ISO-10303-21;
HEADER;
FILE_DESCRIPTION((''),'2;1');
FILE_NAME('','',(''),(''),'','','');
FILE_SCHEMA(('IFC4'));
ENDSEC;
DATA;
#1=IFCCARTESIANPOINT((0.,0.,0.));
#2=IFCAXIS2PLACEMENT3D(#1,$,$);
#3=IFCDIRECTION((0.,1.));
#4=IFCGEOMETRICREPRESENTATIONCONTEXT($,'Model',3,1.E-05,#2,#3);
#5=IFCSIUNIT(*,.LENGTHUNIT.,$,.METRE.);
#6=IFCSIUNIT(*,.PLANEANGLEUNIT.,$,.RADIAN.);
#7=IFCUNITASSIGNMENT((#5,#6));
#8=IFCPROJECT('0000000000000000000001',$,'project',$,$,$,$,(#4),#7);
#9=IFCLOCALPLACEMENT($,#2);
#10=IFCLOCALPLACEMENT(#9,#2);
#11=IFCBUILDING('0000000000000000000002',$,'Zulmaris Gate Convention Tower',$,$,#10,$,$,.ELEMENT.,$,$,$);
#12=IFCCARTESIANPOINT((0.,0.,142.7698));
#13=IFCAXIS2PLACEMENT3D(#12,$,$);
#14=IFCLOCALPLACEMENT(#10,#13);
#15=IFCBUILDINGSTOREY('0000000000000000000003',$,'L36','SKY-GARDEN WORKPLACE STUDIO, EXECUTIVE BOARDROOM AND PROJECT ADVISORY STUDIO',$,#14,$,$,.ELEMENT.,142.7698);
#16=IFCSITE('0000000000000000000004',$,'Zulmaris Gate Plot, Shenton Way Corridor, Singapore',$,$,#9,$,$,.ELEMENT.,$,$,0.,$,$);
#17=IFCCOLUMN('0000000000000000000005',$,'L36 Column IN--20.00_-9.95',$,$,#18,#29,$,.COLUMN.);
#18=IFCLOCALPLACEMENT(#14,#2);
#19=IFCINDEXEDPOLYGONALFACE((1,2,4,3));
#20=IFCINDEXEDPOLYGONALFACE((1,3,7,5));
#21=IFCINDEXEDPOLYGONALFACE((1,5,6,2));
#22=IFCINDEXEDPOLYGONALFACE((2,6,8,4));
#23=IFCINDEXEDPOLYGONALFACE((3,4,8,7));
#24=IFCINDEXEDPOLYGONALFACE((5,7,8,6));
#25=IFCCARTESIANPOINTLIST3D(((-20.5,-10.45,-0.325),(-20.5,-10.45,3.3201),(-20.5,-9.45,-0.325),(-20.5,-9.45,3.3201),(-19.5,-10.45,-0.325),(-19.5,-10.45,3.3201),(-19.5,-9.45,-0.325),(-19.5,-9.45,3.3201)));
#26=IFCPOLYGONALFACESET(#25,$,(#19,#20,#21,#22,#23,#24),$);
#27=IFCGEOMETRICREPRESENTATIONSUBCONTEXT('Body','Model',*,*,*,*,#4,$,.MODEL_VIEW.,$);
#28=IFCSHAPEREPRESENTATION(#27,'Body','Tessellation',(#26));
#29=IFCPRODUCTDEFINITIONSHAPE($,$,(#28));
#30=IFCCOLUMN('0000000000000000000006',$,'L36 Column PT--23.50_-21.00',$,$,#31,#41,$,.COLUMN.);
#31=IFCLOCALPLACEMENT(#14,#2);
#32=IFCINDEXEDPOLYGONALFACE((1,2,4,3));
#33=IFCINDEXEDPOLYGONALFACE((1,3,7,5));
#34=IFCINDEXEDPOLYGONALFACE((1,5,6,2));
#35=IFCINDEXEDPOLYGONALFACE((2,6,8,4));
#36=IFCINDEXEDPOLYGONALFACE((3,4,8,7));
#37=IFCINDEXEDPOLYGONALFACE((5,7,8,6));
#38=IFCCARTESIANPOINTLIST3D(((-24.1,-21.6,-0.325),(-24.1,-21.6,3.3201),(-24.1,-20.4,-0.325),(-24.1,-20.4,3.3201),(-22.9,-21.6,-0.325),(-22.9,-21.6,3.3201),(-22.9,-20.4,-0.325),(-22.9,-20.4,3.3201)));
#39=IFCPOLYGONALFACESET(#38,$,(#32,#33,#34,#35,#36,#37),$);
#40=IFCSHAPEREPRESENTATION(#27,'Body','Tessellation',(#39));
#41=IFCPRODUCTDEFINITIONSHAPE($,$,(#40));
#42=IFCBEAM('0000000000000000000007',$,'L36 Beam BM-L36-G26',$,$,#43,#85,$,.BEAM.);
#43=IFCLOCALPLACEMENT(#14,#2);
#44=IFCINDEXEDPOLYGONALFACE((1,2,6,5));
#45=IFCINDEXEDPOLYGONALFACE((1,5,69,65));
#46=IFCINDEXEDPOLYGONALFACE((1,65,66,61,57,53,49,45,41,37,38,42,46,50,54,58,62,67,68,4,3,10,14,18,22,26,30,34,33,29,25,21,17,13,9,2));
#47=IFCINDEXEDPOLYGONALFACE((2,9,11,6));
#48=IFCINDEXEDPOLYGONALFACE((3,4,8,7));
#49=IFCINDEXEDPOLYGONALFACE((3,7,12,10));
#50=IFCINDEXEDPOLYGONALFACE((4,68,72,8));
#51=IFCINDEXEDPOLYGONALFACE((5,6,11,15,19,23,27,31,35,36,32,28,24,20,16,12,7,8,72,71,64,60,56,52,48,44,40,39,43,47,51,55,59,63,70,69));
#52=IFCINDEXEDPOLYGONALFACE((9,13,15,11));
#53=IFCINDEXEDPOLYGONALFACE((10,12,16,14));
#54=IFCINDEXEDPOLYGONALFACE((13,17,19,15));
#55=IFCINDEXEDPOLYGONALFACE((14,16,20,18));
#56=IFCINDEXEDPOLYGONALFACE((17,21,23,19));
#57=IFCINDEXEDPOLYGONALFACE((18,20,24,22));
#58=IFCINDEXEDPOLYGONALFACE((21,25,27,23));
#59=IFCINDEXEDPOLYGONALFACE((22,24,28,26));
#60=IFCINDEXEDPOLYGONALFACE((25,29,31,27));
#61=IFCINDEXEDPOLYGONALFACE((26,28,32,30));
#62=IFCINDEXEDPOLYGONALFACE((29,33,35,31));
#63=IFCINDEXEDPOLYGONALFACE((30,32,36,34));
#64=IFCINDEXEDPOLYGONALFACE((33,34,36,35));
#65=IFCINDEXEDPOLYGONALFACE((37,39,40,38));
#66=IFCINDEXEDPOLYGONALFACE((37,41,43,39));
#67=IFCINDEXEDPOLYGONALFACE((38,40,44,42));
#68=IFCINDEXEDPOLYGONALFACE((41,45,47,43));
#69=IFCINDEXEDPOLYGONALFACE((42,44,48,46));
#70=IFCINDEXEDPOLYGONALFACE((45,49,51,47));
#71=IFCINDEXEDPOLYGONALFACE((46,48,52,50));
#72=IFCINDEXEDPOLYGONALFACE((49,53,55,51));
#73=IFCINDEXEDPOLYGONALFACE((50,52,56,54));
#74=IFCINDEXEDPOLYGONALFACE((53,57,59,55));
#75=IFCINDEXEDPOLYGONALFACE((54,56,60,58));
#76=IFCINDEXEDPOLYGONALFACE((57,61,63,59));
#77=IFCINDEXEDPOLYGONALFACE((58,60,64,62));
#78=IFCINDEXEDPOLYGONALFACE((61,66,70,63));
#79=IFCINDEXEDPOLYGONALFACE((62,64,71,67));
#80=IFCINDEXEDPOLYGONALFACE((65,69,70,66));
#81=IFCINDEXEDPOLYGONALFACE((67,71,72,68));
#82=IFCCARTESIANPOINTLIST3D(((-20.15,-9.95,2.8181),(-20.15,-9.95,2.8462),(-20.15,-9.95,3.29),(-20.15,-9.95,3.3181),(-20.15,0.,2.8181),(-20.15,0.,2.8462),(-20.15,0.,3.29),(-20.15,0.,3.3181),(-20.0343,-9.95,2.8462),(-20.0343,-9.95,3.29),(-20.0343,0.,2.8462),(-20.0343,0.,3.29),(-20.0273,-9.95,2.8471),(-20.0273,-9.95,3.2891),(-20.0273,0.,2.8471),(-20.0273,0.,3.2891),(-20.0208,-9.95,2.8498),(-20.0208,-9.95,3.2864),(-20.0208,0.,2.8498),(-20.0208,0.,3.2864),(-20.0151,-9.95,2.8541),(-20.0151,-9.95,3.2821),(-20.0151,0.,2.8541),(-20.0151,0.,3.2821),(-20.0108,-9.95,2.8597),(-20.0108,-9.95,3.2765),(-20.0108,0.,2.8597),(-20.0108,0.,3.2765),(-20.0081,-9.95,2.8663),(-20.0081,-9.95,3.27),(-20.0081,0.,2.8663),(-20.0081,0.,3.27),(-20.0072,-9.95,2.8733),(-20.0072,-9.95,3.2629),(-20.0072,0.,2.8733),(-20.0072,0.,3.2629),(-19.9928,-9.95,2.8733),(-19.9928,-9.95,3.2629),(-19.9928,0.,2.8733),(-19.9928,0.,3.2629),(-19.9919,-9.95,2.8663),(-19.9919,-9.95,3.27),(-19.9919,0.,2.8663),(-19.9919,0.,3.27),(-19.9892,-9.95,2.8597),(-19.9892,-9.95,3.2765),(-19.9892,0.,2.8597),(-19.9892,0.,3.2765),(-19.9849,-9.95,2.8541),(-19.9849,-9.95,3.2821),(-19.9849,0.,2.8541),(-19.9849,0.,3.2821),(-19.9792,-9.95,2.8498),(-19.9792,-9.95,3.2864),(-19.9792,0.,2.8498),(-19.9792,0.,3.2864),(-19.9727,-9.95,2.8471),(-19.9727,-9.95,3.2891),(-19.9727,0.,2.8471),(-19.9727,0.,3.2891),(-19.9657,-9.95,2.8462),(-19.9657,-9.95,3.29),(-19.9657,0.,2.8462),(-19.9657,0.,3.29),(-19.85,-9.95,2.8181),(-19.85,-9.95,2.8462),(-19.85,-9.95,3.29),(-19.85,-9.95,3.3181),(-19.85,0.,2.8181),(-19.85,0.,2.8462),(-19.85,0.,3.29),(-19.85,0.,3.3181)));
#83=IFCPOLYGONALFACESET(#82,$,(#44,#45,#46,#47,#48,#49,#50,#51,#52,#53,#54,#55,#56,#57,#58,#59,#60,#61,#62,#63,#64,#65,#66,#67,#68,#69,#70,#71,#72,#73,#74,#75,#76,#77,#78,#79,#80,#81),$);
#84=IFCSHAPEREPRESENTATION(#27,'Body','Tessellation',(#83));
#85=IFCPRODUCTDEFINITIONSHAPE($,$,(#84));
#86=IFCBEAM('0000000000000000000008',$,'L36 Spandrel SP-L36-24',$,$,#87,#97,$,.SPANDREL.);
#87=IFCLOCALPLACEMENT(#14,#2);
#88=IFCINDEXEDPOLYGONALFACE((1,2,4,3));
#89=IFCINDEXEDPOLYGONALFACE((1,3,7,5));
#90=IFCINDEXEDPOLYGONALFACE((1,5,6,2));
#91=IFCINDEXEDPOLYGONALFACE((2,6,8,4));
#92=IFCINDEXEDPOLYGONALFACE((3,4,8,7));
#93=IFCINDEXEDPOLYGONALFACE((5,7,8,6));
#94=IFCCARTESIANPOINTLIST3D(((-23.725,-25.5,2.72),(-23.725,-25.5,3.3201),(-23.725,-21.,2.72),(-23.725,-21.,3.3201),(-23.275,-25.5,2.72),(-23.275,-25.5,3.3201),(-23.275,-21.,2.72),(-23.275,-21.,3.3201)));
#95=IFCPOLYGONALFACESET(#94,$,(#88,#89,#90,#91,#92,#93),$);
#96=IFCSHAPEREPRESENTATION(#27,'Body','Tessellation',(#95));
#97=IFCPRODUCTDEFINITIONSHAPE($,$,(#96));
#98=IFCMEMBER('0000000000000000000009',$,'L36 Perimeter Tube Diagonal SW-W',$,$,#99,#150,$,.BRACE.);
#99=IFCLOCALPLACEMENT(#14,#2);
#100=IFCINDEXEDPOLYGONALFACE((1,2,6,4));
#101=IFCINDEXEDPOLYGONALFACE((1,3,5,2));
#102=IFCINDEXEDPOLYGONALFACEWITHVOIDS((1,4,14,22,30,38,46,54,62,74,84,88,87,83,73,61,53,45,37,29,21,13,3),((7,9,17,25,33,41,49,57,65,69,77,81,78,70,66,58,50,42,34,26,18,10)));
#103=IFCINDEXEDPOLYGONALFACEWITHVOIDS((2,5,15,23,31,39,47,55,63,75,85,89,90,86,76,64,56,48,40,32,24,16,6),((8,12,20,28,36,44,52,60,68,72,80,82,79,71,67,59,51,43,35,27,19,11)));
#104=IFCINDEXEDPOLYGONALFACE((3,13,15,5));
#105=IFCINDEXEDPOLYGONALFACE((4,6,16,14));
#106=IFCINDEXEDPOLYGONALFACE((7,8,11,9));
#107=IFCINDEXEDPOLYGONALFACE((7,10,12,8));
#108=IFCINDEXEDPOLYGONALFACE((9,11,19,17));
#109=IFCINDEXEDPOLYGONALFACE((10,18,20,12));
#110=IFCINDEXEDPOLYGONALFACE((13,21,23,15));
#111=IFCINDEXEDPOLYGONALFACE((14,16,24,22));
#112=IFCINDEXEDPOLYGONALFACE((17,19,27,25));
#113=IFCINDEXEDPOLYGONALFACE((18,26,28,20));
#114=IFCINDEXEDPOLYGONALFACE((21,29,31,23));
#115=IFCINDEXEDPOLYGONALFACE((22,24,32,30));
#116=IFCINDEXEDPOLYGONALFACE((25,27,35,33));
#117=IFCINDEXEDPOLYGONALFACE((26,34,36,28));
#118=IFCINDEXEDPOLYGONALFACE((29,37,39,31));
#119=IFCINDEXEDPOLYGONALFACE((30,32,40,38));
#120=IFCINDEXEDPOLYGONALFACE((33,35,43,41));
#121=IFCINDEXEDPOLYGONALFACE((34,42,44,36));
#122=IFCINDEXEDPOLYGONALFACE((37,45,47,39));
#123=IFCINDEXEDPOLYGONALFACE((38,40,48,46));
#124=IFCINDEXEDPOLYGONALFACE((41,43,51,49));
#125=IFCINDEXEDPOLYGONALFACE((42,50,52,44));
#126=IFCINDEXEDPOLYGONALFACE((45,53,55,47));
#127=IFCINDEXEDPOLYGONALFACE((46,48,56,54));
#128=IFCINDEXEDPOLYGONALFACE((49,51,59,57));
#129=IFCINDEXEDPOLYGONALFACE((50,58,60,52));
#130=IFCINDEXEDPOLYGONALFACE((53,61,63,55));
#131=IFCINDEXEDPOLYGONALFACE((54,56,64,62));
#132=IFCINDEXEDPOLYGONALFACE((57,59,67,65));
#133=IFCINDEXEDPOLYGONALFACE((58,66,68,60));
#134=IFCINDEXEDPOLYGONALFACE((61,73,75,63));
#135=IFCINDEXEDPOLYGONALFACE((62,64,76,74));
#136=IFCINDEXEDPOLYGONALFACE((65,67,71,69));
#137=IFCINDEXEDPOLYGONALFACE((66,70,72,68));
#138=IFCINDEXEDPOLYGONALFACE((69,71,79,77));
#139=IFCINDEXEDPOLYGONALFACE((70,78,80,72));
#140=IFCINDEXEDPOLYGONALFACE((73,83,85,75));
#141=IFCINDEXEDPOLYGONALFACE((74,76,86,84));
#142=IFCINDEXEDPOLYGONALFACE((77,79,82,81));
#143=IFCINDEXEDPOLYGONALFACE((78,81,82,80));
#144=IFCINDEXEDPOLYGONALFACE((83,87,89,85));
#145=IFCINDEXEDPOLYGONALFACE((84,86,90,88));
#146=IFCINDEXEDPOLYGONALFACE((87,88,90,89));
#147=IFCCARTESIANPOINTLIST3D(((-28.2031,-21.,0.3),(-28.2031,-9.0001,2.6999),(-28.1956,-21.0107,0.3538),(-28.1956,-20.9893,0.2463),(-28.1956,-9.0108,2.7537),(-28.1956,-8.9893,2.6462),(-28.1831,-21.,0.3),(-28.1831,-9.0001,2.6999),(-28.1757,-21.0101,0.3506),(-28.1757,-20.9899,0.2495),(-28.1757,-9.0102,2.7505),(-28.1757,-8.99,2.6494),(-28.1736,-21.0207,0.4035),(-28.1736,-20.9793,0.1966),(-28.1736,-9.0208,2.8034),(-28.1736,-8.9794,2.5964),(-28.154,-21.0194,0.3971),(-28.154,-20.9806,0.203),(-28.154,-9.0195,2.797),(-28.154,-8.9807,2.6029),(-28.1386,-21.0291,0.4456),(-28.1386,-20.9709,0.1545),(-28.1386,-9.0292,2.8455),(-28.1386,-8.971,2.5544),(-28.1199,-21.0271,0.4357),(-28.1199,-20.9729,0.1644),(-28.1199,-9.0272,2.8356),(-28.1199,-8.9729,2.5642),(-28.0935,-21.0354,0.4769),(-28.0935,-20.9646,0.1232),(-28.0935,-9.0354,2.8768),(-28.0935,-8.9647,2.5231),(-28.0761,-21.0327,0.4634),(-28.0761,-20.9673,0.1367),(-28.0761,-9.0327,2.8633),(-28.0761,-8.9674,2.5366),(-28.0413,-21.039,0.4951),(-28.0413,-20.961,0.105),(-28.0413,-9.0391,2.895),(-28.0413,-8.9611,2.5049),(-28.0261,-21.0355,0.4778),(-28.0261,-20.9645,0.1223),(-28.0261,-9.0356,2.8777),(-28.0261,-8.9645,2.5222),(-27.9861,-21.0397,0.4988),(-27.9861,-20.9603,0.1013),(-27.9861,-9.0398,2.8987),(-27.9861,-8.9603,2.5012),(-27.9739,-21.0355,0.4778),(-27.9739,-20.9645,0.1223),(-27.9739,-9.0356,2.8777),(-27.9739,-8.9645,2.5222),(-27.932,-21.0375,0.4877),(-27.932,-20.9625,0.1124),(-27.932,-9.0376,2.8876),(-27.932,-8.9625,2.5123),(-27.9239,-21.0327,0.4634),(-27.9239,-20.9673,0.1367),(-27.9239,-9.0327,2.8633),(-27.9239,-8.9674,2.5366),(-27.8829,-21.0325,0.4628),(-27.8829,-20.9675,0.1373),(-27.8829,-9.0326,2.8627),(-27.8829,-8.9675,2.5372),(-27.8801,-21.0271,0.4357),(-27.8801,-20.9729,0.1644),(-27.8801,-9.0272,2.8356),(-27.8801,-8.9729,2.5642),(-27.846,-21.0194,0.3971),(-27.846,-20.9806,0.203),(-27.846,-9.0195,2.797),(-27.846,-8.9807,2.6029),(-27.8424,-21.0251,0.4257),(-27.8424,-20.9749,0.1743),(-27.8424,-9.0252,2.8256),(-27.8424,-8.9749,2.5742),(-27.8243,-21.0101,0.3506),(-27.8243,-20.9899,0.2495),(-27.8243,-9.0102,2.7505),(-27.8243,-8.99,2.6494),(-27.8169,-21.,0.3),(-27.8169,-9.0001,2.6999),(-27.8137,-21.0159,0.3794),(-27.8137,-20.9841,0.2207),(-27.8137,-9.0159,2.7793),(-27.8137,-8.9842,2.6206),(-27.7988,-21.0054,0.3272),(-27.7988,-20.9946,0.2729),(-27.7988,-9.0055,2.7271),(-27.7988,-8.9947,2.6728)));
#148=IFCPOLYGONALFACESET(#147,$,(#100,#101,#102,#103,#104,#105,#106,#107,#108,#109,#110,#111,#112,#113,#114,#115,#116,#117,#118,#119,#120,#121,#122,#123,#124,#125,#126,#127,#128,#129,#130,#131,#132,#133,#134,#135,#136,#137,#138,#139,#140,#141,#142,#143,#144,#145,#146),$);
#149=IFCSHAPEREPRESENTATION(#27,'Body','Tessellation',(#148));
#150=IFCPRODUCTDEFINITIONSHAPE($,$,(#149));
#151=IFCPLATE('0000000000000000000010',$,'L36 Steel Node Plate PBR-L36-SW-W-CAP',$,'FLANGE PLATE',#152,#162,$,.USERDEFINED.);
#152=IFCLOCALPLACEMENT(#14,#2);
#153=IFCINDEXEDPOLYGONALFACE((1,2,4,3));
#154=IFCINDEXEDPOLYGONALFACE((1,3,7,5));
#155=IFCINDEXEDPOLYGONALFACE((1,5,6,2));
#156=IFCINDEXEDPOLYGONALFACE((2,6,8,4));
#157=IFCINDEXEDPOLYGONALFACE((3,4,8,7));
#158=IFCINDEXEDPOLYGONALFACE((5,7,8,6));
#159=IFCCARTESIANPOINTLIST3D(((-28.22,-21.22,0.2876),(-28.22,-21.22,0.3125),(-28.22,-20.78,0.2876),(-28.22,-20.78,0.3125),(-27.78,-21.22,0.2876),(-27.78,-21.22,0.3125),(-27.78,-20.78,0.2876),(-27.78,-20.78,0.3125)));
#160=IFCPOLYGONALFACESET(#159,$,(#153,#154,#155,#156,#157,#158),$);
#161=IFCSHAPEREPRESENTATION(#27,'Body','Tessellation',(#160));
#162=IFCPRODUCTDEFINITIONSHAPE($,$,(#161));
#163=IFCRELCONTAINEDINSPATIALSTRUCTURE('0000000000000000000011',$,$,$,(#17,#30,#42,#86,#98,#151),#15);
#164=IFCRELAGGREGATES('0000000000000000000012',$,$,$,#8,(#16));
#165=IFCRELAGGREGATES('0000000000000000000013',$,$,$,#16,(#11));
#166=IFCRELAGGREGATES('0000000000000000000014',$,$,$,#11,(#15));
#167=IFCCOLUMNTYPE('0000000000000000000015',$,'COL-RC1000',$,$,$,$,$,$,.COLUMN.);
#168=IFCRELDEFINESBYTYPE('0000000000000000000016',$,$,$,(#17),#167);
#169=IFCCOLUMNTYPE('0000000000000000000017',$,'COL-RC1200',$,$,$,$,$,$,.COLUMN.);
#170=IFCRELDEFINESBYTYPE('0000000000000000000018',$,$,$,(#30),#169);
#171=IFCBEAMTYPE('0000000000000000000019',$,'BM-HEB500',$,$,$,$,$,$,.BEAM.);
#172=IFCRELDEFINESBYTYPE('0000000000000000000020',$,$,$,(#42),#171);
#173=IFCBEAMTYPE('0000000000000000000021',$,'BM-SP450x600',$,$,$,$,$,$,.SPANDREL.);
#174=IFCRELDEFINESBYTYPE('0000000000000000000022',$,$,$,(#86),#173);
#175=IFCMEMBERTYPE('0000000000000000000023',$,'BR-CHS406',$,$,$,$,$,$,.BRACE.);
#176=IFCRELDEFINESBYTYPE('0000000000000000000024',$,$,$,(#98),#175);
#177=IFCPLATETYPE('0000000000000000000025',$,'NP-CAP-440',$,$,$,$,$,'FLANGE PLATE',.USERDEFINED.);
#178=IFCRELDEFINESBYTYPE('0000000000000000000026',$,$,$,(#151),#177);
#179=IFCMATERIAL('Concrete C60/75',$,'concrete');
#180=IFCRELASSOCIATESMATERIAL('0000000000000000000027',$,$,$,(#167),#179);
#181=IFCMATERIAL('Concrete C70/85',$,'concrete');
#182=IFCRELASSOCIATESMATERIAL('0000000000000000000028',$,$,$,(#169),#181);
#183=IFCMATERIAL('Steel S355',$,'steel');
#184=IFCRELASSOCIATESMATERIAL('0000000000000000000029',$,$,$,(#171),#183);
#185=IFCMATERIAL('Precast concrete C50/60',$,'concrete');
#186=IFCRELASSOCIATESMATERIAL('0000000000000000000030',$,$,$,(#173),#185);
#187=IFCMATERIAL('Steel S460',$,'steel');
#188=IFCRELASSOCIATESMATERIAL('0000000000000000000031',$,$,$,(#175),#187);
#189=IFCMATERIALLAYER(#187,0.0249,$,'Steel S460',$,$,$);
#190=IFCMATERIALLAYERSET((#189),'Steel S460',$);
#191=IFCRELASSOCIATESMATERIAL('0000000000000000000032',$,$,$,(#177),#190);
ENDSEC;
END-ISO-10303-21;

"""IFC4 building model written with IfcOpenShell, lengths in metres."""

from ifc_helpers import new_model, si_unit, direction, frame, origin, origin_2d, place, context, subcontext, project, spatial, rectangle, hollow_circle, i_section, extrude, material, layer, layer_set, material_profile, profile_set, type_object, element, save


model = new_model("IFC4")

# Units and contexts
model_context = context("Model", 3, precision=1e-05, world=origin(), true_north=direction((0.0, 1.0)))
body_context = subcontext(model_context, "Body", "Model", "MODEL_VIEW")
ifc_project = project(units=[si_unit("LENGTHUNIT", "METRE"), si_unit("PLANEANGLEUNIT", "RADIAN")], contexts=[model_context])

# Site, building, storey
site_placement = place(None, origin())
site = spatial("IfcSite", under=ifc_project, at=site_placement, Name="Zulmaris Gate Plot, Shenton Way Corridor, Singapore", CompositionType="ELEMENT", RefElevation=0.0)
building_placement = place(site_placement, origin())
building = spatial("IfcBuilding", under=site, at=building_placement, Name="Zulmaris Gate Convention Tower", CompositionType="ELEMENT")
storey_placement = place(building_placement, frame((0.0, 0.0, 142.7698)))
storey = spatial("IfcBuildingStorey", under=building, at=storey_placement, Name="L36", Description="SKY-GARDEN WORKPLACE STUDIO, EXECUTIVE BOARDROOM AND PROJECT ADVISORY STUDIO", CompositionType="ELEMENT", Elevation=142.7698)

# Columns
ifc_material_1 = material(Name="Concrete C60/75", Category="concrete")
ifc_material_profile_1 = material_profile(ifc_material_1, rectangle(XDim=1.0, YDim=1.0, at=origin_2d()), Name="RC COL 1000x1000")
ifc_profile_set_1 = profile_set([ifc_material_profile_1], Name="Concrete C60/75")
column_type_1 = type_object("IfcColumnType", Name="COL-RC1000", PredefinedType="COLUMN", material=ifc_profile_set_1)
column_1_placement = place(storey_placement, frame((-20.0, -9.95, -0.325), z_axis=(0.0, 0.0, 1.0), x_axis=(1.0, 0.0, 0.0)))
element("IfcColumn", 1, at=column_1_placement, inside=storey, type_object=column_type_1, Name="L36 Column IN--20.00_-9.95", PredefinedType="COLUMN", context=body_context, shape_type="SweptSolid", body=[
    extrude(rectangle(XDim=1.0, YDim=1.0, at=origin_2d()), origin(), (0.0, 0.0, 1.0), 3.645),
])
ifc_material_2 = material(Name="Concrete C70/85", Category="concrete")
ifc_material_profile_2 = material_profile(ifc_material_2, rectangle(XDim=1.2, YDim=1.2, at=origin_2d()), Name="RC COL 1200x1200")
ifc_profile_set_2 = profile_set([ifc_material_profile_2], Name="Concrete C70/85")
column_type_2 = type_object("IfcColumnType", Name="COL-RC1200", PredefinedType="COLUMN", material=ifc_profile_set_2)
column_2_placement = place(storey_placement, frame((-23.5, -21.0, -0.325), z_axis=(0.0, 0.0, 1.0), x_axis=(1.0, 0.0, 0.0)))
element("IfcColumn", 2, at=column_2_placement, inside=storey, type_object=column_type_2, Name="L36 Column PT--23.50_-21.00", PredefinedType="COLUMN", context=body_context, shape_type="SweptSolid", body=[
    extrude(rectangle(XDim=1.2, YDim=1.2, at=origin_2d()), origin(), (0.0, 0.0, 1.0), 3.645),
])

# Beams
ifc_material_3 = material(Name="Steel S355", Category="steel")
ifc_material_profile_3 = material_profile(ifc_material_3, i_section(OverallWidth=0.3, OverallDepth=0.5, WebThickness=0.0144, FlangeThickness=0.0281, FilletRadius=0.0271, at=origin_2d()), Name="HEB 500")
ifc_profile_set_3 = profile_set([ifc_material_profile_3], Name="Steel S355")
beam_type_1 = type_object("IfcBeamType", Name="BM-HEB500", PredefinedType="BEAM", material=ifc_profile_set_3)
beam_1_placement = place(storey_placement, frame((-20.0, -9.95, 3.0681), z_axis=(0.0, 1.0, 0.0), x_axis=(-1.0, 0.0, 0.0)))
element("IfcBeam", 3, at=beam_1_placement, inside=storey, type_object=beam_type_1, Name="L36 Beam BM-L36-G26", PredefinedType="BEAM", context=body_context, shape_type="SweptSolid", body=[
    extrude(i_section(OverallWidth=0.3, OverallDepth=0.5, WebThickness=0.0144, FlangeThickness=0.0281, FilletRadius=0.0271, at=origin_2d()), origin(), (0.0, 0.0, 1.0), 9.95),
])
ifc_material_4 = material(Name="Precast concrete C50/60", Category="concrete")
ifc_material_profile_4 = material_profile(ifc_material_4, rectangle(XDim=0.45, YDim=0.6001, at=origin_2d()), Name="RC SPANDREL 450x600")
ifc_profile_set_4 = profile_set([ifc_material_profile_4], Name="Precast concrete C50/60")
beam_type_2 = type_object("IfcBeamType", Name="BM-SP450x600", PredefinedType="SPANDREL", material=ifc_profile_set_4)
beam_2_placement = place(storey_placement, frame((-23.5, -21.0, 3.02), z_axis=(0.0, -1.0, 0.0), x_axis=(1.0, 0.0, 0.0)))
element("IfcBeam", 4, at=beam_2_placement, inside=storey, type_object=beam_type_2, Name="L36 Spandrel SP-L36-24", PredefinedType="SPANDREL", context=body_context, shape_type="SweptSolid", body=[
    extrude(rectangle(XDim=0.45, YDim=0.6001, at=origin_2d()), origin(), (0.0, 0.0, 1.0), 4.5),
])

# Member
ifc_material_5 = material(Name="Steel S460", Category="steel")
ifc_material_profile_5 = material_profile(ifc_material_5, hollow_circle(Radius=0.2031, WallThickness=0.02, at=origin_2d()), Name="CHS 406.4x20")
ifc_profile_set_5 = profile_set([ifc_material_profile_5], Name="Steel S460")
member_type = type_object("IfcMemberType", Name="BR-CHS406", PredefinedType="BRACE", material=ifc_profile_set_5)
member_placement = place(storey_placement, frame((-28.0, -21.0, 0.3), z_axis=(0.0, 0.980582, 0.196108), x_axis=(-1.0, 0.0, 0.0)))
element("IfcMember", 5, at=member_placement, inside=storey, type_object=member_type, Name="L36 Perimeter Tube Diagonal SW-W", PredefinedType="BRACE", context=body_context, shape_type="SweptSolid", body=[
    extrude(hollow_circle(Radius=0.2031, WallThickness=0.02, at=origin_2d()), origin(), (0.0, 0.0, 1.0), 12.2375),
])

# Plate
ifc_layer_1 = layer(ifc_material_5, 0.0249, Name="Steel S460")
ifc_layer_set_1 = layer_set([ifc_layer_1], Name="Steel S460")
plate_type = type_object("IfcPlateType", Name="NP-CAP-440", ElementType="FLANGE PLATE", PredefinedType="USERDEFINED", material=ifc_layer_set_1)
plate_placement = place(storey_placement, frame((-28.0, -21.0, 0.2876), z_axis=(0.0, 0.0, 1.0), x_axis=(1.0, 0.0, 0.0)))
element("IfcPlate", 6, at=plate_placement, inside=storey, type_object=plate_type, Name="L36 Steel Node Plate PBR-L36-SW-W-CAP", ObjectType="FLANGE PLATE", PredefinedType="USERDEFINED", context=body_context, shape_type="SweptSolid", body=[
    extrude(rectangle(XDim=0.4399, YDim=0.4399, at=origin_2d()), origin(), (0.0, 0.0, 1.0), 0.0249),
])

save(model, "model.ifc")
